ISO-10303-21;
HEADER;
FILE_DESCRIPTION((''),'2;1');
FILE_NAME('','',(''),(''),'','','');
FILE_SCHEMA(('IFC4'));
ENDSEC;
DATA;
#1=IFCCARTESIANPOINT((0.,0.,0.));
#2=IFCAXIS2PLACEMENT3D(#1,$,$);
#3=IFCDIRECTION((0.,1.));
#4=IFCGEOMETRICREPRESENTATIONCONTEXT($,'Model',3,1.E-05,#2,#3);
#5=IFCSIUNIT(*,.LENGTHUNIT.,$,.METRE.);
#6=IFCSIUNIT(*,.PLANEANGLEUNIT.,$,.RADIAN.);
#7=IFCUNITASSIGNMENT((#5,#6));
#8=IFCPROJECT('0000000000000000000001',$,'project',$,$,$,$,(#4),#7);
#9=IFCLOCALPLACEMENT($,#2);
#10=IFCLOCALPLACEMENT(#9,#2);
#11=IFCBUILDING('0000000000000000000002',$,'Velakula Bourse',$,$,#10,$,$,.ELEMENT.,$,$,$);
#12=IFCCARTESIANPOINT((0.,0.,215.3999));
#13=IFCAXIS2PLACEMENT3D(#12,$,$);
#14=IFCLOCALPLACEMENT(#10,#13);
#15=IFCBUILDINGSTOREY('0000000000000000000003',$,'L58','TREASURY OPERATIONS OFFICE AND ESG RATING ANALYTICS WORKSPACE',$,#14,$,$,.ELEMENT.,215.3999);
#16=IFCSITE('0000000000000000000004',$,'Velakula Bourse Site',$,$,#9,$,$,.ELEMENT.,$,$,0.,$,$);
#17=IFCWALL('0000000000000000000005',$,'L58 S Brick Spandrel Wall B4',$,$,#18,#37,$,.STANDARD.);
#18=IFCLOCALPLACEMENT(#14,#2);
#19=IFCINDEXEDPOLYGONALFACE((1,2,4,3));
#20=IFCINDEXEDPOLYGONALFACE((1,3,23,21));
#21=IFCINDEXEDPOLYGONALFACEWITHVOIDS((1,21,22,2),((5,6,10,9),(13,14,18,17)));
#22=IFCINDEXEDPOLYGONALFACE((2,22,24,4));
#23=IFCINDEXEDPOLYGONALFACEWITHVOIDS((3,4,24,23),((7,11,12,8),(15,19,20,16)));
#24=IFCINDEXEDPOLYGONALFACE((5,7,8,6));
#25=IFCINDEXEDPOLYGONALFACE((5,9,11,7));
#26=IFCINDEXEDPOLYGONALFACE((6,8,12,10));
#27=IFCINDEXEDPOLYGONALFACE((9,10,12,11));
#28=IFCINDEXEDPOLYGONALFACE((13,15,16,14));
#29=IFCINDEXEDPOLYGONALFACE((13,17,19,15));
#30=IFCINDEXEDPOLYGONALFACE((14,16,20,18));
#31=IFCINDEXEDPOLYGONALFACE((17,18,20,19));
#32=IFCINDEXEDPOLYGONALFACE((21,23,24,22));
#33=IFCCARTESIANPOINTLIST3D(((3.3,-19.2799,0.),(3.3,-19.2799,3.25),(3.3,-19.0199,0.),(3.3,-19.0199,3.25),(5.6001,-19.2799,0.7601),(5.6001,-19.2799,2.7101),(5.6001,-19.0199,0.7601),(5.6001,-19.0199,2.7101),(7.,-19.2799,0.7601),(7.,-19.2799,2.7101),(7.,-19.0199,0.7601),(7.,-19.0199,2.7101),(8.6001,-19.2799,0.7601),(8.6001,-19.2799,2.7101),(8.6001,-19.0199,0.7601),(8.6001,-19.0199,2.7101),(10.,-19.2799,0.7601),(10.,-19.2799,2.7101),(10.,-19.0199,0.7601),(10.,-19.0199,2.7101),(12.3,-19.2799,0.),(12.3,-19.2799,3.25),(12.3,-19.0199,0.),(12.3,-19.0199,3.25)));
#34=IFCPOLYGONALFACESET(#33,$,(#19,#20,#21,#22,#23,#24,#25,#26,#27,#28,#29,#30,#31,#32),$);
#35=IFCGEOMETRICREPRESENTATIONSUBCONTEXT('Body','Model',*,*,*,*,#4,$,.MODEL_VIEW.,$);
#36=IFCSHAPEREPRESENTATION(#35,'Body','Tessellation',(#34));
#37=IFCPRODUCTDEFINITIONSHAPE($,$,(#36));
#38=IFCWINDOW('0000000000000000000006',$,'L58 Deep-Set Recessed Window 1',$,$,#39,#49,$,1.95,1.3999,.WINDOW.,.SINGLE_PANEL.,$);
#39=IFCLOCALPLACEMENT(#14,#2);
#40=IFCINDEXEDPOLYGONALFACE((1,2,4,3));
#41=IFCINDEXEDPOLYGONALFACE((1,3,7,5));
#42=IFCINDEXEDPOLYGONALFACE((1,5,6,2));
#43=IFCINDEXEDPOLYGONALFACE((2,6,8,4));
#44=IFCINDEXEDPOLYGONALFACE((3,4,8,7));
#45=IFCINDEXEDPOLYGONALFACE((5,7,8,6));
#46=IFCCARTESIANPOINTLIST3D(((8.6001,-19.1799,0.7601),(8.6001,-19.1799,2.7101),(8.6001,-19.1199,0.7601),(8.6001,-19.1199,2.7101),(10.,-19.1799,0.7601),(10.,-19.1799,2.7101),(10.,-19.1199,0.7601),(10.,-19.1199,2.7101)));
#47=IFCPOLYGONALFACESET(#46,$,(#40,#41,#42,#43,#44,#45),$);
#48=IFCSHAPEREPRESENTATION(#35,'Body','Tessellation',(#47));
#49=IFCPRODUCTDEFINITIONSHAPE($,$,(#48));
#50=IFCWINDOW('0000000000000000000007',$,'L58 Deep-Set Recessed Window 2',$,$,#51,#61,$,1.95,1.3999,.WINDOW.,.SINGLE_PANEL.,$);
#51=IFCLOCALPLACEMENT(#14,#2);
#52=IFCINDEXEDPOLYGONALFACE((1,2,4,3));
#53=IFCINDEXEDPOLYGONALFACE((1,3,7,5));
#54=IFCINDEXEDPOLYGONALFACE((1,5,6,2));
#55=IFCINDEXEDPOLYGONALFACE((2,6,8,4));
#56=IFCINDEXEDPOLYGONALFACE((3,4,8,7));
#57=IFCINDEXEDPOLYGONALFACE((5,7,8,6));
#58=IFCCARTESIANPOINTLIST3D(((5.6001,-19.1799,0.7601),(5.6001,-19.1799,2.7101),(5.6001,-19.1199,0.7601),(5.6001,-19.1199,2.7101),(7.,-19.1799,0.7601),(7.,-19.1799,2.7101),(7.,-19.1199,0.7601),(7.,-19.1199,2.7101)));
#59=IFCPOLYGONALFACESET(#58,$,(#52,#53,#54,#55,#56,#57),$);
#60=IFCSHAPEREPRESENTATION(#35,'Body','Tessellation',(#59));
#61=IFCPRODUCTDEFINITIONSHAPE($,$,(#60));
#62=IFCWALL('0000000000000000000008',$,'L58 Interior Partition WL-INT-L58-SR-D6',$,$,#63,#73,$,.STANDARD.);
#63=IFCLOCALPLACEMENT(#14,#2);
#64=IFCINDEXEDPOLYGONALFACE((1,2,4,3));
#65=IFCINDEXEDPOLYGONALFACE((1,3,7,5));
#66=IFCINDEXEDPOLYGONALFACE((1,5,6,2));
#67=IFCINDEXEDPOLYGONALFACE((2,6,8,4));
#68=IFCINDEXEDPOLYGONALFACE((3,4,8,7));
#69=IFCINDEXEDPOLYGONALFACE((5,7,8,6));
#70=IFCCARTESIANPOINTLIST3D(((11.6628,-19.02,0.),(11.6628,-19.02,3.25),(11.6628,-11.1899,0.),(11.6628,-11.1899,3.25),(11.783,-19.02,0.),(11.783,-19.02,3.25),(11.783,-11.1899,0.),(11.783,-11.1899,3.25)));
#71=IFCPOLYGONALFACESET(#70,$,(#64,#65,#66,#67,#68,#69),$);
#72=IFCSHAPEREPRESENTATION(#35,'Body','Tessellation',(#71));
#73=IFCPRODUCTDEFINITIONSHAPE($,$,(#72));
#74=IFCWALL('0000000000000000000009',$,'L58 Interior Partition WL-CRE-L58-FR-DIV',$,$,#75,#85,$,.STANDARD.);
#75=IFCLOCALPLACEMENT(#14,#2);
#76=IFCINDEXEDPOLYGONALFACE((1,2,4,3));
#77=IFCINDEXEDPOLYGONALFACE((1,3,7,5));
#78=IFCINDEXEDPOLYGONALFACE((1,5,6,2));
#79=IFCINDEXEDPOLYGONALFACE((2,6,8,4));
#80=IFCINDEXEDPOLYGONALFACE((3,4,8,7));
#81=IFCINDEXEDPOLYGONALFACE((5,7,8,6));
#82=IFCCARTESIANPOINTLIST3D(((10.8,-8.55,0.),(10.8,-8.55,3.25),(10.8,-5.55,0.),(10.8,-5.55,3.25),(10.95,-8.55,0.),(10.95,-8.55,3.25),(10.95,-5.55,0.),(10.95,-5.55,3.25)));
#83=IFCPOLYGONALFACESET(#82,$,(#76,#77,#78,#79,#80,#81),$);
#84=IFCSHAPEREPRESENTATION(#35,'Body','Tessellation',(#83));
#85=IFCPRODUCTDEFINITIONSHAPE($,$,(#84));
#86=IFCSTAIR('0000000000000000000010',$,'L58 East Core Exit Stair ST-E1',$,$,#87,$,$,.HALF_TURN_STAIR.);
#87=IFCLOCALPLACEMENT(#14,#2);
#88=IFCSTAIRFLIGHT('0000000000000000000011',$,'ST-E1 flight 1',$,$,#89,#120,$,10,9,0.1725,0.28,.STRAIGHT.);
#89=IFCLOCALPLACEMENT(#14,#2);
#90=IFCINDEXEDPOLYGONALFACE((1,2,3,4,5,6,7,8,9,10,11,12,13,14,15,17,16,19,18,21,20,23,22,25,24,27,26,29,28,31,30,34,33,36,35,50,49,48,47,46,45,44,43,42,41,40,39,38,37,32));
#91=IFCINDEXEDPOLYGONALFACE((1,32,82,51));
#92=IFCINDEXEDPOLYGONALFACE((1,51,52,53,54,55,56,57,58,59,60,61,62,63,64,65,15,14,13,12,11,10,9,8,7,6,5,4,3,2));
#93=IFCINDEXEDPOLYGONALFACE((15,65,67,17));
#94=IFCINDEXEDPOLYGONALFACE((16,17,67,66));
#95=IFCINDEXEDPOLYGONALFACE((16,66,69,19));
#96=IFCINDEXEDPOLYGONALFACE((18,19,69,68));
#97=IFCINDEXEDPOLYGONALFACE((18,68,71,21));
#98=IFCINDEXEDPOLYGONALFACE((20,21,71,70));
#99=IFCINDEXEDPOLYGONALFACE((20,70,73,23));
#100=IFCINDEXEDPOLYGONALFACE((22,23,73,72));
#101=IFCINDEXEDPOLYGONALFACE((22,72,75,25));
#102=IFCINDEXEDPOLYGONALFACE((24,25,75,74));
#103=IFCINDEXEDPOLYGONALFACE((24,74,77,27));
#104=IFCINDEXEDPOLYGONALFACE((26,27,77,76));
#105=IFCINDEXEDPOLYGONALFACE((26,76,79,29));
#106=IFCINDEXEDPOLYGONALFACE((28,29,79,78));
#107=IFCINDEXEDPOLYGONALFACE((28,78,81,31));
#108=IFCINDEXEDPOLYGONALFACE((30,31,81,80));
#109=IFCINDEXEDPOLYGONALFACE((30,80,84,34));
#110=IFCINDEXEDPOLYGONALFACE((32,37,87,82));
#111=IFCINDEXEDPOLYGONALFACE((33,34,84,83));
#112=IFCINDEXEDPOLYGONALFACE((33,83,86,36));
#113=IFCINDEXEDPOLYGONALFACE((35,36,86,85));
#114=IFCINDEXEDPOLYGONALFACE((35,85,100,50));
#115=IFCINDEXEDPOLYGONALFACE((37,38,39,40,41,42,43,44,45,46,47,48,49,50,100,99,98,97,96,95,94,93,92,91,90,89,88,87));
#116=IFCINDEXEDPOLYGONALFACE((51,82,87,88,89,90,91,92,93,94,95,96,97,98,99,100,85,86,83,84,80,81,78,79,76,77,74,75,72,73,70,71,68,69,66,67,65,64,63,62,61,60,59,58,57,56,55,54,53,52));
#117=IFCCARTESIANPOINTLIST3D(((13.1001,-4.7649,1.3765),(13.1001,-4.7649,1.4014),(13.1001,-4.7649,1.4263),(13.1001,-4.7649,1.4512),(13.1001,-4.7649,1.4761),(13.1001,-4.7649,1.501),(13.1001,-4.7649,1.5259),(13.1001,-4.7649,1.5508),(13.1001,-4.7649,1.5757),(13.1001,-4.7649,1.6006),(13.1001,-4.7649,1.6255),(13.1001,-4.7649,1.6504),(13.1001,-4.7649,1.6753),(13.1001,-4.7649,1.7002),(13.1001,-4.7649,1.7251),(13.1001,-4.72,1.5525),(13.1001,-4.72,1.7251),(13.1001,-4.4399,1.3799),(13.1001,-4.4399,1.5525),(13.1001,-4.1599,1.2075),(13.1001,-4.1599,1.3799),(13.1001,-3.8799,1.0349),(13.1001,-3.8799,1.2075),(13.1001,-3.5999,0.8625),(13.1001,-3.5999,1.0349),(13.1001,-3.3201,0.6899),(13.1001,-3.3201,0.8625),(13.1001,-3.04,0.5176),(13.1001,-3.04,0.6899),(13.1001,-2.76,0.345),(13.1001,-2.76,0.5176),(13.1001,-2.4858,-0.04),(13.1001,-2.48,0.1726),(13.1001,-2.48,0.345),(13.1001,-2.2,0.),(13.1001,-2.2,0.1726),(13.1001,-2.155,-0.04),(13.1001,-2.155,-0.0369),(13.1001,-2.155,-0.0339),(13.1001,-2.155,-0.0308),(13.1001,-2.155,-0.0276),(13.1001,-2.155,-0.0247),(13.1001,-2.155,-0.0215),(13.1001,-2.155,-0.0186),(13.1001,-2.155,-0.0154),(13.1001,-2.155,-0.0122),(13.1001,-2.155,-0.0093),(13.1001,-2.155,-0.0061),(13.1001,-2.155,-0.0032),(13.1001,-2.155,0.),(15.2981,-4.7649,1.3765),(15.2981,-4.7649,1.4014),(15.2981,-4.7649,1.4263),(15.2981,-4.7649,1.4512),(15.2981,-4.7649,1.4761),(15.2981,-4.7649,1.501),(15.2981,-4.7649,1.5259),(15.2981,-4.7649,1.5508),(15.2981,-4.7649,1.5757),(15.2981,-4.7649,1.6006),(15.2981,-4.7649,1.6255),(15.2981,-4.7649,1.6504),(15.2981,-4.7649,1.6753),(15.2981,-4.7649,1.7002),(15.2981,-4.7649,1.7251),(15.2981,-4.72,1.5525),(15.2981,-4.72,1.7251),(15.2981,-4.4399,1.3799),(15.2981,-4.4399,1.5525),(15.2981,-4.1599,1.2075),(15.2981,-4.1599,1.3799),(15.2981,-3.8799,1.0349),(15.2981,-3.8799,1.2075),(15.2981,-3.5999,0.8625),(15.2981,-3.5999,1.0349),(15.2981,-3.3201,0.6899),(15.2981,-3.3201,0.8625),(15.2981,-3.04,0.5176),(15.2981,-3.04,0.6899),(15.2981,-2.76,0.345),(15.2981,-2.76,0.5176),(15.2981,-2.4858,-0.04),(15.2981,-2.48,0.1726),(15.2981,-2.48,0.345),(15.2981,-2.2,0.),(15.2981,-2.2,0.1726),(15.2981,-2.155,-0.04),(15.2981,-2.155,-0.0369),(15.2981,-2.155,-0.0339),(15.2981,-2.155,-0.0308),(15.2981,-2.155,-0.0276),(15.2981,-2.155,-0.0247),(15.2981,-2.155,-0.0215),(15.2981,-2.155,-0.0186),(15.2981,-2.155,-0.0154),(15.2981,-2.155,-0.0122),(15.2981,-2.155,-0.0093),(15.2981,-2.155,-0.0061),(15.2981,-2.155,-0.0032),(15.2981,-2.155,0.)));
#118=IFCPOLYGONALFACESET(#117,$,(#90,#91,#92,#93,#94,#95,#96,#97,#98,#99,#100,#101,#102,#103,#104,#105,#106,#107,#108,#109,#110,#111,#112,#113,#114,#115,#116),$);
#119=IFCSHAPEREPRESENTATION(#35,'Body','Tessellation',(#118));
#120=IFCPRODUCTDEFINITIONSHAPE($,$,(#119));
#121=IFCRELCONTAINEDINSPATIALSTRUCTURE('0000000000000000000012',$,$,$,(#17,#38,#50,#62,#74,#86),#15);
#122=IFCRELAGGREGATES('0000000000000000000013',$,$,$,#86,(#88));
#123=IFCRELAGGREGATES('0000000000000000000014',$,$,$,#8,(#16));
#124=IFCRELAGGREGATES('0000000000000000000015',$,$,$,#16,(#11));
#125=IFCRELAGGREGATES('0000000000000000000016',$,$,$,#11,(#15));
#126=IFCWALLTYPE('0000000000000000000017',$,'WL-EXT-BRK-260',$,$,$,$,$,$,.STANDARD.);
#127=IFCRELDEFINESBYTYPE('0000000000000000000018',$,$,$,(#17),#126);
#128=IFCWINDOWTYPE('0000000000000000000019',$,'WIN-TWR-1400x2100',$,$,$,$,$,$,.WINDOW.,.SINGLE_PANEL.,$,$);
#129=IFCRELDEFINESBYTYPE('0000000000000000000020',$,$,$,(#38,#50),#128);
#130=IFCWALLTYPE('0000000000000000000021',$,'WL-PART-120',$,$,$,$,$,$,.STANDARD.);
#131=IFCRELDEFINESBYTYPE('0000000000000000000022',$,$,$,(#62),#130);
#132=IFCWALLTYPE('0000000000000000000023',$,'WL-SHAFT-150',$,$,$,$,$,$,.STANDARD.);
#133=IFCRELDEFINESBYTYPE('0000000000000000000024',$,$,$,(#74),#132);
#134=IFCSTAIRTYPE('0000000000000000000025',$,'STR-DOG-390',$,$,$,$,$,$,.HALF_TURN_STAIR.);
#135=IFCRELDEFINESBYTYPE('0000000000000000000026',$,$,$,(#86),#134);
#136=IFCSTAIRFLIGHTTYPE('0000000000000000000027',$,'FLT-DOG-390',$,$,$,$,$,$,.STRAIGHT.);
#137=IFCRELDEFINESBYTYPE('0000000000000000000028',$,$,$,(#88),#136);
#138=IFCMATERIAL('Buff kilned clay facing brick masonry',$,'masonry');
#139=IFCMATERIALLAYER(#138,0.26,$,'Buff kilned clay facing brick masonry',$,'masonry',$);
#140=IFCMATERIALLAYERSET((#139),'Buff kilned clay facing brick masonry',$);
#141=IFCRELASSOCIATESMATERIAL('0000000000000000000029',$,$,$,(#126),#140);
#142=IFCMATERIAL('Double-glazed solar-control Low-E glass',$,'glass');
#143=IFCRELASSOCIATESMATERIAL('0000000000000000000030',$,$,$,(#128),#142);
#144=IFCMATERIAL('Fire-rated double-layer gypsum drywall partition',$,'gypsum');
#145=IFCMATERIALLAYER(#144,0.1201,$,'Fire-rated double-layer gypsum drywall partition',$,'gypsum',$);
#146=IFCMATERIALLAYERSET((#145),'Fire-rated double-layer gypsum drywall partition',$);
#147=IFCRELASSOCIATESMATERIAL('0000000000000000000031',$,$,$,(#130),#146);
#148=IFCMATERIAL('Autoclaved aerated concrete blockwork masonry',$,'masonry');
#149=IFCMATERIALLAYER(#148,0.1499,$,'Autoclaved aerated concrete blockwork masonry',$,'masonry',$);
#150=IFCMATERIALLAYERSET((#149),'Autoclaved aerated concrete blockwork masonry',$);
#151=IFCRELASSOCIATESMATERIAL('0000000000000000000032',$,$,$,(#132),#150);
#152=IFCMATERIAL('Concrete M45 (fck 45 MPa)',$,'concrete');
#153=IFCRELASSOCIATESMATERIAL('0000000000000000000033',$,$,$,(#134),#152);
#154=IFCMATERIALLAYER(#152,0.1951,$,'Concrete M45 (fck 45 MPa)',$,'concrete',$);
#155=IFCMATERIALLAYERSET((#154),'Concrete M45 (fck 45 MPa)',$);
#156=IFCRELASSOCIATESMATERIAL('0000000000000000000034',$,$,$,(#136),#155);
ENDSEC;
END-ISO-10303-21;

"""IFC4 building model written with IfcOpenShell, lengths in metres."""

from ifc_helpers import new_model, si_unit, direction, frame, frame_2d, origin, place, context, subcontext, project, spatial, polyline, rectangle, outline, extrude, material, layer, layer_set, type_object, element, fill, aggregate, save


model = new_model("IFC4")

# Units and contexts
model_context = context("Model", 3, precision=1e-05, world=origin(), true_north=direction((0.0, 1.0)))
body_context = subcontext(model_context, "Body", "Model", "MODEL_VIEW")
ifc_project = project(units=[si_unit("LENGTHUNIT", "METRE"), si_unit("PLANEANGLEUNIT", "RADIAN")], contexts=[model_context])

# Site, building, storey
site_placement = place(None, origin())
site = spatial("IfcSite", under=ifc_project, at=site_placement, Name="Velakula Bourse Site", CompositionType="ELEMENT", RefElevation=0.0)
building_placement = place(site_placement, origin())
building = spatial("IfcBuilding", under=site, at=building_placement, Name="Velakula Bourse", CompositionType="ELEMENT")
storey_placement = place(building_placement, frame((0.0, 0.0, 215.3999)))
storey = spatial("IfcBuildingStorey", under=building, at=storey_placement, Name="L58", Description="TREASURY OPERATIONS OFFICE AND ESG RATING ANALYTICS WORKSPACE", CompositionType="ELEMENT", Elevation=215.3999)

# Wall, openings, windows
ifc_material_1 = material(Name="Buff kilned clay facing brick masonry", Category="masonry")
ifc_layer_1 = layer(ifc_material_1, 0.26, Name="Buff kilned clay facing brick masonry", Category="masonry")
ifc_layer_set_1 = layer_set([ifc_layer_1], Name="Buff kilned clay facing brick masonry")
wall_type_1 = type_object("IfcWallType", Name="WL-EXT-BRK-260", PredefinedType="STANDARD", material=ifc_layer_set_1)
wall_1_placement = place(storey_placement, frame((12.3, -19.1499, 0.0), z_axis=(0.0, 0.0, 1.0), x_axis=(-1.0, 0.0, 0.0)))
wall_1 = element("IfcWall", 1, at=wall_1_placement, inside=storey, type_object=wall_type_1, Name="L58 S Brick Spandrel Wall B4", PredefinedType="STANDARD", context=body_context, shape_type="SweptSolid", body=[
    extrude(rectangle(XDim=9.0, YDim=0.26, at=frame_2d((4.5, 0.0))), origin(), (0.0, 0.0, 1.0), 3.25),
])
opening_1_placement = place(wall_1_placement, frame((2.3, 0.0, 0.76)))
opening_1 = element("IfcOpeningElement", 2, at=opening_1_placement, cuts=wall_1, PredefinedType="OPENING", context=body_context, shape_type="SweptSolid", body=[
    extrude(rectangle(XDim=1.3999, YDim=1.95, at=frame_2d((0.7, 0.9751))), frame((0.0, 0.1399, 0.0), z_axis=(0.0, -1.0, 0.0), x_axis=(1.0, 0.0, 0.0)), (0.0, 0.0, 1.0), 0.28),
])
opening_2_placement = place(wall_1_placement, frame((5.3, 0.0, 0.76)))
opening_2 = element("IfcOpeningElement", 3, at=opening_2_placement, cuts=wall_1, PredefinedType="OPENING", context=body_context, shape_type="SweptSolid", body=[
    extrude(rectangle(XDim=1.3999, YDim=1.95, at=frame_2d((0.7, 0.9751))), frame((0.0, 0.1399, 0.0), z_axis=(0.0, -1.0, 0.0), x_axis=(1.0, 0.0, 0.0)), (0.0, 0.0, 1.0), 0.28),
])
ifc_material_2 = material(Name="Double-glazed solar-control Low-E glass", Category="glass")
window_type = type_object("IfcWindowType", Name="WIN-TWR-1400x2100", PartitioningType="SINGLE_PANEL", PredefinedType="WINDOW", material=ifc_material_2)
window_1_placement = place(opening_1_placement, origin())
window_1 = element("IfcWindow", 4, at=window_1_placement, inside=storey, type_object=window_type, Name="L58 Deep-Set Recessed Window 1", OverallHeight=1.95, OverallWidth=1.3999, PartitioningType="SINGLE_PANEL", PredefinedType="WINDOW", context=body_context, shape_type="SweptSolid", body=[
    extrude(rectangle(XDim=1.3999, YDim=1.95, at=frame_2d((0.7, 0.9751))), frame((0.0, 0.03, 0.0), z_axis=(0.0, -1.0, 0.0), x_axis=(1.0, 0.0, 0.0)), (0.0, 0.0, 1.0), 0.0601),
])
fill(opening_1, window_1)
window_2_placement = place(opening_2_placement, origin())
window_2 = element("IfcWindow", 5, at=window_2_placement, inside=storey, type_object=window_type, Name="L58 Deep-Set Recessed Window 2", OverallHeight=1.95, OverallWidth=1.3999, PartitioningType="SINGLE_PANEL", PredefinedType="WINDOW", context=body_context, shape_type="SweptSolid", body=[
    extrude(rectangle(XDim=1.3999, YDim=1.95, at=frame_2d((0.7, 0.9751))), frame((0.0, 0.03, 0.0), z_axis=(0.0, -1.0, 0.0), x_axis=(1.0, 0.0, 0.0)), (0.0, 0.0, 1.0), 0.0601),
])
fill(opening_2, window_2)

# Wall
ifc_material_3 = material(Name="Fire-rated double-layer gypsum drywall partition", Category="gypsum")
ifc_layer_2 = layer(ifc_material_3, 0.1201, Name="Fire-rated double-layer gypsum drywall partition", Category="gypsum")
ifc_layer_set_2 = layer_set([ifc_layer_2], Name="Fire-rated double-layer gypsum drywall partition")
wall_type_2 = type_object("IfcWallType", Name="WL-PART-120", PredefinedType="STANDARD", material=ifc_layer_set_2)
wall_2_placement = place(storey_placement, frame((11.7229, -19.02, 0.0), z_axis=(0.0, 0.0, 1.0), x_axis=(0.0, 1.0, 0.0)))
element("IfcWall", 6, at=wall_2_placement, inside=storey, type_object=wall_type_2, Name="L58 Interior Partition WL-INT-L58-SR-D6", PredefinedType="STANDARD", context=body_context, shape_type="SweptSolid", body=[
    extrude(rectangle(XDim=7.8301, YDim=0.1201, at=frame_2d((3.915, 0.0))), origin(), (0.0, 0.0, 1.0), 3.25),
])

# Shared definitions
ifc_material_4 = material(Name="Autoclaved aerated concrete blockwork masonry", Category="masonry")
ifc_layer_3 = layer(ifc_material_4, 0.1499, Name="Autoclaved aerated concrete blockwork masonry", Category="masonry")
ifc_layer_set_3 = layer_set([ifc_layer_3], Name="Autoclaved aerated concrete blockwork masonry")
wall_type_3 = type_object("IfcWallType", Name="WL-SHAFT-150", PredefinedType="STANDARD", material=ifc_layer_set_3)

# Wall
wall_3_placement = place(storey_placement, frame((10.875, -8.55, 0.0), z_axis=(0.0, 0.0, 1.0), x_axis=(0.0, 1.0, 0.0)))
element("IfcWall", 7, at=wall_3_placement, inside=storey, type_object=wall_type_3, Name="L58 Interior Partition WL-CRE-L58-FR-DIV", PredefinedType="STANDARD", context=body_context, shape_type="SweptSolid", body=[
    extrude(rectangle(XDim=3.0, YDim=0.1499, at=frame_2d((1.5, 0.0))), origin(), (0.0, 0.0, 1.0), 3.25),
])

# Stair, stair flight
ifc_material_5 = material(Name="Concrete M45 (fck 45 MPa)", Category="concrete")
stair_type = type_object("IfcStairType", Name="STR-DOG-390", PredefinedType="HALF_TURN_STAIR", material=ifc_material_5)
stair_placement = place(storey_placement, origin())
stair = element("IfcStair", 8, at=stair_placement, inside=storey, type_object=stair_type, Name="L58 East Core Exit Stair ST-E1", PredefinedType="HALF_TURN_STAIR")
ifc_layer_4 = layer(ifc_material_5, 0.1951, Name="Concrete M45 (fck 45 MPa)", Category="concrete")
ifc_layer_set_4 = layer_set([ifc_layer_4], Name="Concrete M45 (fck 45 MPa)")
stair_flight_type = type_object("IfcStairFlightType", Name="FLT-DOG-390", PredefinedType="STRAIGHT", material=ifc_layer_set_4)
stair_flight_1_placement = place(storey_placement, frame((14.199, -2.2, 0.0), z_axis=(0.0, 0.0, 1.0), x_axis=(0.0, -1.0, 0.0)))
stair_flight_1 = element("IfcStairFlight", 9, at=stair_flight_1_placement, type_object=stair_flight_type, Name="ST-E1 flight 1", NumberOfRisers=10, NumberOfTreads=9, PredefinedType="STRAIGHT", RiserHeight=0.1725, TreadLength=0.28, context=body_context, shape_type="SweptSolid", body=[
    extrude(outline(polyline([(-0.0449, -0.04), (-0.0449, -0.0369), (-0.0449, -0.0339), (-0.0449, -0.0308), (-0.0449, -0.0276), (-0.0449, -0.0247), (-0.0449, -0.0215), (-0.0449, -0.0186), (-0.0449, -0.0154), (-0.0449, -0.0122), (-0.0449, -0.0093), (-0.0449, -0.0061), (-0.0449, -0.0032), (-0.0449, 0.0), (0.0, 0.0), (0.0, 0.1726), (0.28, 0.1726), (0.28, 0.345), (0.5601, 0.345), (0.5601, 0.5176), (0.8401, 0.5176), (0.8401, 0.6899), (1.1201, 0.6899), (1.1201, 0.8625), (1.3999, 0.8625), (1.3999, 1.0349), (1.6799, 1.0349), (1.6799, 1.2075), (1.96, 1.2075), (1.96, 1.3799), (2.24, 1.3799), (2.24, 1.5525), (2.52, 1.5525), (2.52, 1.7251), (2.5649, 1.7251), (2.5649, 1.7002), (2.5649, 1.6753), (2.5649, 1.6504), (2.5649, 1.6255), (2.5649, 1.6006), (2.5649, 1.5757), (2.5649, 1.5508), (2.5649, 1.5259), (2.5649, 1.501), (2.5649, 1.4761), (2.5649, 1.4512), (2.5649, 1.4263), (2.5649, 1.4014), (2.5649, 1.3765), (0.2859, -0.04), (-0.0449, -0.04)])), frame((0.0, 1.0991, 0.0), z_axis=(0.0, -1.0, 0.0), x_axis=(1.0, 0.0, 0.0)), (0.0, 0.0, 1.0), 2.198),
])
aggregate(stair, [stair_flight_1])

save(model, "model.ifc")
